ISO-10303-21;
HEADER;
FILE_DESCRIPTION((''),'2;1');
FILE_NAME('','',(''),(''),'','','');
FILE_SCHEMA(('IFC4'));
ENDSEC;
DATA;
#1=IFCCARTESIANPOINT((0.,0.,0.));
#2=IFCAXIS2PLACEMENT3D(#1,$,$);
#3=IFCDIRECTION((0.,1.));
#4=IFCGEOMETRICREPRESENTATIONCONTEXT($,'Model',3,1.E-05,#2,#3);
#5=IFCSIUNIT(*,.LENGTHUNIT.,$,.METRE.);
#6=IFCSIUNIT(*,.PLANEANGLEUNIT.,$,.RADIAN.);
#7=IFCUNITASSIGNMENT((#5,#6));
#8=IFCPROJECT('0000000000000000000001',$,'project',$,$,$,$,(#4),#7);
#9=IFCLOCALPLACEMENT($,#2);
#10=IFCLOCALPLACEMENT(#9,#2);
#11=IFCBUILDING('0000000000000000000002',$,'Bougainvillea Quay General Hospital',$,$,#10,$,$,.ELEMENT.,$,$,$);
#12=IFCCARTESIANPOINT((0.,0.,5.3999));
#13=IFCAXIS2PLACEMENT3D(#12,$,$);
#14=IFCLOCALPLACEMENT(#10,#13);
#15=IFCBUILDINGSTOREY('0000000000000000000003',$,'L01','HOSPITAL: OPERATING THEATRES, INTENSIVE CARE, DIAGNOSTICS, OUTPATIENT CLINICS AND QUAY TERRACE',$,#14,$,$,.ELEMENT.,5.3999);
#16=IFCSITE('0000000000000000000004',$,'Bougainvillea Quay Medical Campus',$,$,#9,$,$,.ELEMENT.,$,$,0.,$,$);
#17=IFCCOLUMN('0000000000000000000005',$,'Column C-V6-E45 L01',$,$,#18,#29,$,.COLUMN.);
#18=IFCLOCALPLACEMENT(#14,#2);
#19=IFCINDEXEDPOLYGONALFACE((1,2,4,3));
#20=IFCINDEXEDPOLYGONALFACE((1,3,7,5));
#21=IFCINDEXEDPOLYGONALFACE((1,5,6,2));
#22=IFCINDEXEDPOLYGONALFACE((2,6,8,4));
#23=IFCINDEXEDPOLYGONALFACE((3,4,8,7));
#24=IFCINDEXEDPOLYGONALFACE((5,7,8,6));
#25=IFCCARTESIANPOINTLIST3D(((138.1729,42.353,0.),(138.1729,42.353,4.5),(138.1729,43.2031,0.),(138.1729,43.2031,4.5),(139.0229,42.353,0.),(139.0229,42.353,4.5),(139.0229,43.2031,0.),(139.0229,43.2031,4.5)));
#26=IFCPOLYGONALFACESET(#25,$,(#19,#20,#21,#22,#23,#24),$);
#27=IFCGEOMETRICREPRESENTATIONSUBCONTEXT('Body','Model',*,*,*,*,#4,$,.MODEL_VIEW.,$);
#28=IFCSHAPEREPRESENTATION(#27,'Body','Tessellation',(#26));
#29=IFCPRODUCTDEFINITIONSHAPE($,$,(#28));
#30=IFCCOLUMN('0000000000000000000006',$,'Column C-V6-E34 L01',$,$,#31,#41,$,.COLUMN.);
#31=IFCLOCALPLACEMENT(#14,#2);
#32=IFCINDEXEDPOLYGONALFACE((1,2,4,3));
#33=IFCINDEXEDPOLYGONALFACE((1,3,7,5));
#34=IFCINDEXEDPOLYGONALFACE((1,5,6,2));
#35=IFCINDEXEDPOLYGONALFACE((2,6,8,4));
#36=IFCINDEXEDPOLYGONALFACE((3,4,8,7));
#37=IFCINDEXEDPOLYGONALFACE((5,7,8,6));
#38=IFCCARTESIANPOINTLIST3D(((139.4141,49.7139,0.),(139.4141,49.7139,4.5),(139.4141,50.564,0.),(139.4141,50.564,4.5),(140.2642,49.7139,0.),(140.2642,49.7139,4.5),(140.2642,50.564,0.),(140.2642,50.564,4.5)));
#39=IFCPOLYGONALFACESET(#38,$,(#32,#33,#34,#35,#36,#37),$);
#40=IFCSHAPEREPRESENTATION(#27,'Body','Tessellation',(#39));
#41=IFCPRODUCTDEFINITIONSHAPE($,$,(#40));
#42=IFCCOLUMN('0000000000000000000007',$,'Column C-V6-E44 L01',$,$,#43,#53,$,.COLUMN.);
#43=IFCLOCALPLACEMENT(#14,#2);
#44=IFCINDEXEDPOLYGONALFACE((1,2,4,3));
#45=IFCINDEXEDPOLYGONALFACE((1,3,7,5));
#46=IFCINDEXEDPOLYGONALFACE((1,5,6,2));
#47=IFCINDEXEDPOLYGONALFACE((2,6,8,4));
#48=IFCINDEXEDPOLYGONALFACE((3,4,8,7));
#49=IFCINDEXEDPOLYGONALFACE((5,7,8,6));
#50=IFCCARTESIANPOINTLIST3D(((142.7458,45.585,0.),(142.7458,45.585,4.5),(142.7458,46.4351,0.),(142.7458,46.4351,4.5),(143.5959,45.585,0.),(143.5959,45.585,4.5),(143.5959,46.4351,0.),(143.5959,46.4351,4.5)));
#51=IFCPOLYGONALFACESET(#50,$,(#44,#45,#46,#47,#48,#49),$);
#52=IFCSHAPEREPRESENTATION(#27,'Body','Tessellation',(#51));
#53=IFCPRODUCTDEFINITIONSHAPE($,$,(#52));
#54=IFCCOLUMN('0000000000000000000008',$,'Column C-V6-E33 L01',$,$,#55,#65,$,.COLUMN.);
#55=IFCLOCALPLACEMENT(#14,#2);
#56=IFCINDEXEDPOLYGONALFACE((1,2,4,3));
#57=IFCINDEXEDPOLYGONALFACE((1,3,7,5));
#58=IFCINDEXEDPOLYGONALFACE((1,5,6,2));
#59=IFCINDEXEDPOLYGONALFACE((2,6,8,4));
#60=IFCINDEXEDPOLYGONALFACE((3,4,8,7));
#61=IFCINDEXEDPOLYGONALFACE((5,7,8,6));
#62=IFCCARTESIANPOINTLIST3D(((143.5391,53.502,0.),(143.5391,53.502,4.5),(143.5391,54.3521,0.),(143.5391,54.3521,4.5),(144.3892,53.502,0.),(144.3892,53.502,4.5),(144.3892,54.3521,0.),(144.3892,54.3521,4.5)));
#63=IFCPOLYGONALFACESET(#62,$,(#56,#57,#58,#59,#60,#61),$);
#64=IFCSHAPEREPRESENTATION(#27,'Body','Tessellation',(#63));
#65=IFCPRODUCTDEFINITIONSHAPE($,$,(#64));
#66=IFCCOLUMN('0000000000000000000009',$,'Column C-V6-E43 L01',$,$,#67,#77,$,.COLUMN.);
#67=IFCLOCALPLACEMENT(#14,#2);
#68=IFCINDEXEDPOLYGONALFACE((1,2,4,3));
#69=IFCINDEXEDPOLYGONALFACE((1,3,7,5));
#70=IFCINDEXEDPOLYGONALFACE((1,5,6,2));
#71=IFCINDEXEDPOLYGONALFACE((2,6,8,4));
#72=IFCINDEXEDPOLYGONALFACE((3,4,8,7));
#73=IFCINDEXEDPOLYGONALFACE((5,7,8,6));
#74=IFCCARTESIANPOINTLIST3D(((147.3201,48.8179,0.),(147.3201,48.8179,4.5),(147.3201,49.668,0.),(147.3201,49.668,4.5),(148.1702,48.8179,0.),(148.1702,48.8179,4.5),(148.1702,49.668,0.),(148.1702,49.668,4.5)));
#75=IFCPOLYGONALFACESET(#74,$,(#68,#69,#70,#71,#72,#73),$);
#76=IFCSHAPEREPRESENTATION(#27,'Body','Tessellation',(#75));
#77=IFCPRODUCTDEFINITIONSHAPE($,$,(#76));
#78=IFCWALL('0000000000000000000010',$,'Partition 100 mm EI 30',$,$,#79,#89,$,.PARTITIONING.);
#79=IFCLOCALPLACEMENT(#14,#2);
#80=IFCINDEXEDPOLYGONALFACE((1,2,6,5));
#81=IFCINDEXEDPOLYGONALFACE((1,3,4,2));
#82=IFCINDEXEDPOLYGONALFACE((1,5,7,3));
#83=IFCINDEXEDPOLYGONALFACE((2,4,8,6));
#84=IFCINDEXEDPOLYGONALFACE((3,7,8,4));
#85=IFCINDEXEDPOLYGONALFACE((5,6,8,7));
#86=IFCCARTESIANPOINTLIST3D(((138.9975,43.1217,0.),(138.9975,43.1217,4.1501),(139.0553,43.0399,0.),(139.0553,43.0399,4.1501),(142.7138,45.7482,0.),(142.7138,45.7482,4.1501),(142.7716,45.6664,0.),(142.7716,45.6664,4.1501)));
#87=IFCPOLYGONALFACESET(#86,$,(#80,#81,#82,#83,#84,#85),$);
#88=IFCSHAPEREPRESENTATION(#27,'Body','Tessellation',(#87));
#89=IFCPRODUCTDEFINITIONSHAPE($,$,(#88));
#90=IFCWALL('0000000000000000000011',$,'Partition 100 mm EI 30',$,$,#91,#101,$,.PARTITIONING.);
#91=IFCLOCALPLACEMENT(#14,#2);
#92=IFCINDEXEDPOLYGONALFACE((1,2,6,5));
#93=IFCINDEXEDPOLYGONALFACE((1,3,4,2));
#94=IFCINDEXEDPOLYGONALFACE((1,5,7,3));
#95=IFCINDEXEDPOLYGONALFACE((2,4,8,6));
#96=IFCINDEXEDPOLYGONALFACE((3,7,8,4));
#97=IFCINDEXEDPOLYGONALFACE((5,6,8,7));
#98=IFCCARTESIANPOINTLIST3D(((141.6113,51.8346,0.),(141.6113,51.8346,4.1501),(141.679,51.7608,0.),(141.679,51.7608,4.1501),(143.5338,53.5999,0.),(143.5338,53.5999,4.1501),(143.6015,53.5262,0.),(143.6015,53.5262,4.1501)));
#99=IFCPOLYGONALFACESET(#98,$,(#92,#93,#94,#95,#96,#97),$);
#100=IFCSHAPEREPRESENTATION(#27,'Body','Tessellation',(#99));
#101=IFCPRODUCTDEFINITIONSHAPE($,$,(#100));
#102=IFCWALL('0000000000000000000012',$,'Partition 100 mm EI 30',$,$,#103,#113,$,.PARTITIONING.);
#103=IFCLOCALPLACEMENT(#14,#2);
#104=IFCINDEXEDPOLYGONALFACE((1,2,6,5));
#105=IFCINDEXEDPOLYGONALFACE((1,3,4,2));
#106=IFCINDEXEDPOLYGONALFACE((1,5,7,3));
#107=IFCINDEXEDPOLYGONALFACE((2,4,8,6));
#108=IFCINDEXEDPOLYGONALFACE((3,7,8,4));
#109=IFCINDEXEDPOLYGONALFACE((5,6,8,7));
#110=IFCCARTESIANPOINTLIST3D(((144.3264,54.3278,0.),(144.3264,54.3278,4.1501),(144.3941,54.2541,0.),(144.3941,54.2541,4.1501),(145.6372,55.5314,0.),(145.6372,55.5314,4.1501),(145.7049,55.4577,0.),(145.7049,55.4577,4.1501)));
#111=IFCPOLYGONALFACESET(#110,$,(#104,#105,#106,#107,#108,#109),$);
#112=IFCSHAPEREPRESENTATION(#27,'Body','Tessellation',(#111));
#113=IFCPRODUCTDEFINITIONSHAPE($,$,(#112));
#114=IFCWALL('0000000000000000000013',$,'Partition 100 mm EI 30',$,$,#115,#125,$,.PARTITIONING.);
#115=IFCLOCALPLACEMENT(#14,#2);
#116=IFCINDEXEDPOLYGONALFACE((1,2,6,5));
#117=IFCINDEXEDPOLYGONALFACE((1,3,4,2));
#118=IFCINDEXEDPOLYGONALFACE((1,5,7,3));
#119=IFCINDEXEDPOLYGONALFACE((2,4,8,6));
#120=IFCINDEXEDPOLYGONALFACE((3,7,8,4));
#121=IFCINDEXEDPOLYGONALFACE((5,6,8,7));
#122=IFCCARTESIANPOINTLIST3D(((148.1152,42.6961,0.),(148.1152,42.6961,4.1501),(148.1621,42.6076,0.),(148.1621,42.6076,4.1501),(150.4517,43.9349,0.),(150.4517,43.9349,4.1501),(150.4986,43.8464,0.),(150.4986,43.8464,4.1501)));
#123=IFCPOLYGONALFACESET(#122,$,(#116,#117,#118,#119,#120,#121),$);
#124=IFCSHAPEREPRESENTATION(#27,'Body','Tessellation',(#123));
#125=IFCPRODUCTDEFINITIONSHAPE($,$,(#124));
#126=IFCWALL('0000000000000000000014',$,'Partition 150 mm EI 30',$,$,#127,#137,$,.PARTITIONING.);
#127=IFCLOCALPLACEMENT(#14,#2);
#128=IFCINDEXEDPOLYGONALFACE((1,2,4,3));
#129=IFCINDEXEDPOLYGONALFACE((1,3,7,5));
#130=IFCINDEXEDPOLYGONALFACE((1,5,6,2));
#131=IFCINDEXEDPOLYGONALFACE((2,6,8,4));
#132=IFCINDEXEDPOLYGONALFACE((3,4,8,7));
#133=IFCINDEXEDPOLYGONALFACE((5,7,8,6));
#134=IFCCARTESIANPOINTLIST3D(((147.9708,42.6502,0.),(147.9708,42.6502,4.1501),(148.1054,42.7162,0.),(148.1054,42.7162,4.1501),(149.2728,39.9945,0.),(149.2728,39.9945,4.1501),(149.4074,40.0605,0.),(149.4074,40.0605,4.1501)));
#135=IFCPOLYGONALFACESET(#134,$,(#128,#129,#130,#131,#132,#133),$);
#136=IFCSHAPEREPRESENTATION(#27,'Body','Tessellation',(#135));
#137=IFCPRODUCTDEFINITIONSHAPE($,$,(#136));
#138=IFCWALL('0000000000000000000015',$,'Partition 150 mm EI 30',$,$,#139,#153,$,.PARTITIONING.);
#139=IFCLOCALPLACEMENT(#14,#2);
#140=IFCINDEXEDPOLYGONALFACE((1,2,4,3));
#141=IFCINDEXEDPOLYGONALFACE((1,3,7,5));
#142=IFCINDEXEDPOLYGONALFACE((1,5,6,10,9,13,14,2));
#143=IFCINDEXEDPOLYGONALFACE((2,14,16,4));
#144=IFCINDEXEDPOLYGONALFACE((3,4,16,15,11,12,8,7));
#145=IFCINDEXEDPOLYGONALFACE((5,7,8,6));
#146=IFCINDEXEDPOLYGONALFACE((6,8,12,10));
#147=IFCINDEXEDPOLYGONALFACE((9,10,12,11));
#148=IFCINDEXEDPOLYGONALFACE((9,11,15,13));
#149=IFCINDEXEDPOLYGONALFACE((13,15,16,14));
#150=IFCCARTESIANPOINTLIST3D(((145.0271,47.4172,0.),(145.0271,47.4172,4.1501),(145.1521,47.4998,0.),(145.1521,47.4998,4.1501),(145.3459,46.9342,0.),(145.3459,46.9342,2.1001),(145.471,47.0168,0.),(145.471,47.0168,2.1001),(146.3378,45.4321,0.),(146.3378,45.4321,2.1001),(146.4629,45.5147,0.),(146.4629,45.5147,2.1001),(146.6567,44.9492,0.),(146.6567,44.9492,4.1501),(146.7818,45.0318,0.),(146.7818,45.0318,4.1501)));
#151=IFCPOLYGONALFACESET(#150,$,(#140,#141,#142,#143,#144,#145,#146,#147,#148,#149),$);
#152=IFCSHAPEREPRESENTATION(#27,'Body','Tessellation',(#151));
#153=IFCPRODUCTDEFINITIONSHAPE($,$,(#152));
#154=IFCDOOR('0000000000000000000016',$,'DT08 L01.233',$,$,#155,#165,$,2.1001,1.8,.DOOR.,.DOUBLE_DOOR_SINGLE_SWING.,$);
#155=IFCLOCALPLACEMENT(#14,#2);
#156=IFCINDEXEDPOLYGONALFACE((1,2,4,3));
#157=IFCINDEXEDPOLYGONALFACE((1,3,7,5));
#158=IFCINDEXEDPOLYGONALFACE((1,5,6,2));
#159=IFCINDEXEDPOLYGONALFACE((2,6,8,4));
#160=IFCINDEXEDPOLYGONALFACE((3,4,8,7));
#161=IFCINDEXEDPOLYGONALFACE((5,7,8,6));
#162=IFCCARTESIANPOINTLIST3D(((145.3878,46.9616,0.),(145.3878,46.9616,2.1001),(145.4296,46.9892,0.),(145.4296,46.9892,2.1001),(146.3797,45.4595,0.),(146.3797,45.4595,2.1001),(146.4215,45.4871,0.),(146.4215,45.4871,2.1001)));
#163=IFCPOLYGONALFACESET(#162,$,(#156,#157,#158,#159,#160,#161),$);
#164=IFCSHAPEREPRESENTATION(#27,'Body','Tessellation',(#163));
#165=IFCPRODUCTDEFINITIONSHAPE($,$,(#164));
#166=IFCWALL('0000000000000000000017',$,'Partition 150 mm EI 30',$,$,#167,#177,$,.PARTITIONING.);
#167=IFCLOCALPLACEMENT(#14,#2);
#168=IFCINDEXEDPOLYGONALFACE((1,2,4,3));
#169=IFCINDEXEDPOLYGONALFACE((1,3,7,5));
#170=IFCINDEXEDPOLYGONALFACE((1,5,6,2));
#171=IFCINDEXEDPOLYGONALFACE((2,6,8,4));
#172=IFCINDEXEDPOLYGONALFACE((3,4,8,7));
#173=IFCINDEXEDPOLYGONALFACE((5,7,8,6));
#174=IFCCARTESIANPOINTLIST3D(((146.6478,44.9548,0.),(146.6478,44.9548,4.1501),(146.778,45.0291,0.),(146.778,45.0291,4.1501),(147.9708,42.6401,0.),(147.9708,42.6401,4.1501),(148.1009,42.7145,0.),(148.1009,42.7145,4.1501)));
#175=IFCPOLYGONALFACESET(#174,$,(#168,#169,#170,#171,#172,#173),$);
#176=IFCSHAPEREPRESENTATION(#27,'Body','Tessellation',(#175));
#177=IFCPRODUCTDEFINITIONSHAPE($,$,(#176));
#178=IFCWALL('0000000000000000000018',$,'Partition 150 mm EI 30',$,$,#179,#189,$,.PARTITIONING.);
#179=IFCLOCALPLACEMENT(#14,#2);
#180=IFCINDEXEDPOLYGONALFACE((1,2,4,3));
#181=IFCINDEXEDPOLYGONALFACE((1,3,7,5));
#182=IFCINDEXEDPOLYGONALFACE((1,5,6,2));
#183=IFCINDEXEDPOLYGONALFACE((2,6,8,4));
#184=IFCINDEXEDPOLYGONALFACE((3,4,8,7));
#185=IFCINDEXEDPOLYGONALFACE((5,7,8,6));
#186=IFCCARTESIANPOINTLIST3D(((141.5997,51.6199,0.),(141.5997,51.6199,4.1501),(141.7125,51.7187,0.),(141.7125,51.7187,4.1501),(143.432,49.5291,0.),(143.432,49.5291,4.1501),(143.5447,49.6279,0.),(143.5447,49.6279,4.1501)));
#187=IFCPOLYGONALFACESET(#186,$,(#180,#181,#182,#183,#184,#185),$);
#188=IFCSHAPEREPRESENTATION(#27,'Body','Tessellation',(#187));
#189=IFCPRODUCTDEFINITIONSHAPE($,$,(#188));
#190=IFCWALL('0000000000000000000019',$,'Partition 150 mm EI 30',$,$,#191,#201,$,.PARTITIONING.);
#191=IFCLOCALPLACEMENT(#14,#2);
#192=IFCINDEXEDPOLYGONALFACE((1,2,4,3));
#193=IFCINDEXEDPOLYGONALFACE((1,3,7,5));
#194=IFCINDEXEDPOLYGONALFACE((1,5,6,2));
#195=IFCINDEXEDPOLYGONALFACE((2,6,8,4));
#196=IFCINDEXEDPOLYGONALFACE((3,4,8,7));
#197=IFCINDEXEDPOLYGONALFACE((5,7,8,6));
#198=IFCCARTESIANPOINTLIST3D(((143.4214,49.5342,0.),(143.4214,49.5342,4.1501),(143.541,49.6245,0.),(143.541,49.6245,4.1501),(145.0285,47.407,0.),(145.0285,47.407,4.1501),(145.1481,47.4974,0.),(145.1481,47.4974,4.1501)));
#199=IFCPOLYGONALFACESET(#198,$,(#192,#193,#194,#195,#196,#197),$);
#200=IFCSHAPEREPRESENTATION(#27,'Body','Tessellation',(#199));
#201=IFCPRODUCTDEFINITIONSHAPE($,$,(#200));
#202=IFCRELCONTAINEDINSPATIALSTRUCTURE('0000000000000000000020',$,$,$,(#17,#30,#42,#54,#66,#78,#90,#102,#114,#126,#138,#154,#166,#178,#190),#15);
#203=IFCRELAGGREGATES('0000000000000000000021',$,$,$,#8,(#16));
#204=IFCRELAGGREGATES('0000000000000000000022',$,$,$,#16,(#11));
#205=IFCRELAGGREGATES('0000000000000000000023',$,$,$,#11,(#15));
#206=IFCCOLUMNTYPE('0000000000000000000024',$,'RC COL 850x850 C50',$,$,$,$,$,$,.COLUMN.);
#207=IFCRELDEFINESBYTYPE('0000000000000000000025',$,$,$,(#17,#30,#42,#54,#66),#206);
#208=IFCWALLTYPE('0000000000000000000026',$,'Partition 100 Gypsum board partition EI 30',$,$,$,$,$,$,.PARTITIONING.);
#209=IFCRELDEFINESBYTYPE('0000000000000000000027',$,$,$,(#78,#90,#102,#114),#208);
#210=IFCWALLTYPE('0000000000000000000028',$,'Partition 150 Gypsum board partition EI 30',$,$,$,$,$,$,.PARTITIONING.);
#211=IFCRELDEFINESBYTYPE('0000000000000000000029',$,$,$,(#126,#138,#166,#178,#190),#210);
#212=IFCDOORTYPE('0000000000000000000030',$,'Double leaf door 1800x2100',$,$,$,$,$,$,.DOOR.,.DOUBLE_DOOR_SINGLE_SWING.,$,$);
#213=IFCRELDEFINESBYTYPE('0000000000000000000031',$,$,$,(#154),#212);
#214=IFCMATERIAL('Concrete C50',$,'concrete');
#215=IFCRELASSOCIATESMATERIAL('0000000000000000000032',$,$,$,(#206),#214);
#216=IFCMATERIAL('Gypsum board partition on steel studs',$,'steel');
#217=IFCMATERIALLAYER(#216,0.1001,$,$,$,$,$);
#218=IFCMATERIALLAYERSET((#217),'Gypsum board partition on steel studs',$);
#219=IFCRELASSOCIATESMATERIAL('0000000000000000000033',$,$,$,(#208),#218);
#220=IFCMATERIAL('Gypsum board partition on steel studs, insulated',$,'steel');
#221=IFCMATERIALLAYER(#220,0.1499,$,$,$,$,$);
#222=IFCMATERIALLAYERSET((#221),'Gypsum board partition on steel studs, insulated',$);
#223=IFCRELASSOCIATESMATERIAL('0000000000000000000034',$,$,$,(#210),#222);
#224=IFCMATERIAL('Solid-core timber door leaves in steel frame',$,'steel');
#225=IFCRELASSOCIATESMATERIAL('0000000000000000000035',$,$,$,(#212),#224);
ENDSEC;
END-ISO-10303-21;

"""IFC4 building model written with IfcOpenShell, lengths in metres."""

from ifc_helpers import new_model, si_unit, direction, frame, frame_2d, origin, origin_2d, place, context, subcontext, project, spatial, rectangle, extrude, material, layer, layer_set, material_profile, profile_set, type_object, element, fill, save


model = new_model("IFC4")

# Units and contexts
model_context = context("Model", 3, precision=1e-05, world=origin(), true_north=direction((0.0, 1.0)))
body_context = subcontext(model_context, "Body", "Model", "MODEL_VIEW")
ifc_project = project(units=[si_unit("LENGTHUNIT", "METRE"), si_unit("PLANEANGLEUNIT", "RADIAN")], contexts=[model_context])

# Site, building, storey
site_placement = place(None, origin())
site = spatial("IfcSite", under=ifc_project, at=site_placement, Name="Bougainvillea Quay Medical Campus", CompositionType="ELEMENT", RefElevation=0.0)
building_placement = place(site_placement, origin())
building = spatial("IfcBuilding", under=site, at=building_placement, Name="Bougainvillea Quay General Hospital", CompositionType="ELEMENT")
storey_placement = place(building_placement, frame((0.0, 0.0, 5.3999)))
storey = spatial("IfcBuildingStorey", under=building, at=storey_placement, Name="L01", Description="HOSPITAL: OPERATING THEATRES, INTENSIVE CARE, DIAGNOSTICS, OUTPATIENT CLINICS AND QUAY TERRACE", CompositionType="ELEMENT", Elevation=5.3999)

# Columns
ifc_material_1 = material(Name="Concrete C50", Category="concrete")
ifc_material_profile = material_profile(ifc_material_1, rectangle(XDim=0.8501, YDim=0.8501, at=origin_2d()))
ifc_profile_set = profile_set([ifc_material_profile], Name="Concrete C50")
column_type = type_object("IfcColumnType", Name="RC COL 850x850 C50", PredefinedType="COLUMN", material=ifc_profile_set)
for number, where, z_axis, x_axis, name in (
    (1, (138.5979, 42.7781, 0.0), (0.0, 0.0, 1.0), (1.0, 0.0, 0.0), "Column C-V6-E45 L01"),
    (2, (139.8391, 50.1389, 0.0), (0.0, 0.0, 1.0), (1.0, 0.0, 0.0), "Column C-V6-E34 L01"),
    (3, (143.1709, 46.01, 0.0), (0.0, 0.0, 1.0), (1.0, 0.0, 0.0), "Column C-V6-E44 L01"),
    (4, (143.9641, 53.927, 0.0), (0.0, 0.0, 1.0), (1.0, 0.0, 0.0), "Column C-V6-E33 L01"),
    (5, (147.7451, 49.2429, 0.0), (0.0, 0.0, 1.0), (1.0, 0.0, 0.0), "Column C-V6-E43 L01"),
):
    element("IfcColumn", number, at=place(storey_placement, frame(where, z_axis=z_axis, x_axis=x_axis)), inside=storey, type_object=column_type, Name=name, PredefinedType="COLUMN", context=body_context, shape_type="SweptSolid", body=[
        extrude(rectangle(XDim=0.8501, YDim=0.8501, at=origin_2d()), origin(), (0.0, 0.0, 1.0), 4.5),
    ])

# Walls
ifc_material_2 = material(Name="Gypsum board partition on steel studs", Category="steel")
ifc_layer_1 = layer(ifc_material_2, 0.1001)
ifc_layer_set_1 = layer_set([ifc_layer_1], Name="Gypsum board partition on steel studs")
wall_type_1 = type_object("IfcWallType", Name="Partition 100 Gypsum board partition EI 30", PredefinedType="PARTITIONING", material=ifc_layer_set_1)
wall_1_placement = place(storey_placement, frame((139.0264, 43.0808, 0.0), z_axis=(0.0, 0.0, 1.0), x_axis=(0.816638, 0.577151, 0.0)))
element("IfcWall", 6, at=wall_1_placement, inside=storey, type_object=wall_type_1, Name="Partition 100 mm EI 30", PredefinedType="PARTITIONING", context=body_context, shape_type="SweptSolid", body=[
    extrude(rectangle(XDim=4.5508, YDim=0.1001, at=frame_2d((2.2754, 0.0))), origin(), (0.0, 0.0, 1.0), 4.1501),
])
wall_2_placement = place(storey_placement, frame((141.645, 51.7976, 0.0), z_axis=(0.0, 0.0, 1.0), x_axis=(0.736583, 0.676347, 0.0)))
element("IfcWall", 7, at=wall_2_placement, inside=storey, type_object=wall_type_1, Name="Partition 100 mm EI 30", PredefinedType="PARTITIONING", context=body_context, shape_type="SweptSolid", body=[
    extrude(rectangle(XDim=2.6101, YDim=0.1001, at=frame_2d((1.3052, 0.0))), origin(), (0.0, 0.0, 1.0), 4.1501),
])
wall_3_placement = place(storey_placement, frame((144.3604, 54.291, 0.0), z_axis=(0.0, 0.0, 1.0), x_axis=(0.736579, 0.676352, 0.0)))
element("IfcWall", 8, at=wall_3_placement, inside=storey, type_object=wall_type_1, Name="Partition 100 mm EI 30", PredefinedType="PARTITIONING", context=body_context, shape_type="SweptSolid", body=[
    extrude(rectangle(XDim=1.7795, YDim=0.1001, at=frame_2d((0.8896, 0.0))), origin(), (0.0, 0.0, 1.0), 4.1501),
])
wall_4_placement = place(storey_placement, frame((148.1387, 42.6519, 0.0), z_axis=(0.0, 0.0, 1.0), x_axis=(0.8835, 0.468431, 0.0)))
element("IfcWall", 9, at=wall_4_placement, inside=storey, type_object=wall_type_1, Name="Partition 100 mm EI 30", PredefinedType="PARTITIONING", context=body_context, shape_type="SweptSolid", body=[
    extrude(rectangle(XDim=2.6445, YDim=0.1001, at=frame_2d((1.3223, 0.0))), origin(), (0.0, 0.0, 1.0), 4.1501),
])
ifc_material_3 = material(Name="Gypsum board partition on steel studs, insulated", Category="steel")
ifc_layer_2 = layer(ifc_material_3, 0.1499)
ifc_layer_set_2 = layer_set([ifc_layer_2], Name="Gypsum board partition on steel studs, insulated")
wall_type_2 = type_object("IfcWallType", Name="Partition 150 Gypsum board partition EI 30", PredefinedType="PARTITIONING", material=ifc_layer_set_2)
wall_5_placement = place(storey_placement, frame((148.0381, 42.6833, 0.0), z_axis=(0.0, 0.0, 1.0), x_axis=(0.4402, -0.8979, 0.0)))
element("IfcWall", 10, at=wall_5_placement, inside=storey, type_object=wall_type_2, Name="Partition 150 mm EI 30", PredefinedType="PARTITIONING", context=body_context, shape_type="SweptSolid", body=[
    extrude(rectangle(XDim=2.9578, YDim=0.1499, at=frame_2d((1.479, 0.0))), origin(), (0.0, 0.0, 1.0), 4.1501),
])

# Wall, opening, door
wall_6_placement = place(storey_placement, frame((145.0896, 47.4585, 0.0), z_axis=(0.0, 0.0, 1.0), x_axis=(0.551018, -0.834493, 0.0)))
wall_6 = element("IfcWall", 11, at=wall_6_placement, inside=storey, type_object=wall_type_2, Name="Partition 150 mm EI 30", PredefinedType="PARTITIONING", context=body_context, shape_type="SweptSolid", body=[
    extrude(rectangle(XDim=2.9575, YDim=0.1499, at=frame_2d((1.4788, 0.0))), origin(), (0.0, 0.0, 1.0), 4.1501),
])
opening_1_placement = place(wall_6_placement, frame((0.5789, 0.0, 0.0)))
opening_1 = element("IfcOpeningElement", 12, at=opening_1_placement, cuts=wall_6, PredefinedType="OPENING", context=body_context, shape_type="SweptSolid", body=[
    extrude(rectangle(XDim=1.8, YDim=2.1001, at=frame_2d((0.8999, 1.05))), frame((0.0, 0.085, 0.0), z_axis=(0.0, -1.0, 0.0), x_axis=(1.0, 0.0, 0.0)), (0.0, 0.0, 1.0), 0.1699),
])
ifc_material_4 = material(Name="Solid-core timber door leaves in steel frame", Category="steel")
door_type_1 = type_object("IfcDoorType", Name="Double leaf door 1800x2100", OperationType="DOUBLE_DOOR_SINGLE_SWING", PredefinedType="DOOR", material=ifc_material_4)
door_1_placement = place(opening_1_placement, frame((1.8, 0.0, 0.0), z_axis=(0.0, 0.0, 1.0), x_axis=(-1.0, 0.0, 0.0)))
door_1 = element("IfcDoor", 13, at=door_1_placement, inside=storey, type_object=door_type_1, Name="DT08 L01.233", OperationType="DOUBLE_DOOR_SINGLE_SWING", OverallHeight=2.1001, OverallWidth=1.8, PredefinedType="DOOR", context=body_context, shape_type="SweptSolid", body=[
    extrude(rectangle(XDim=1.8, YDim=2.1001, at=frame_2d((0.8999, 1.05))), frame((0.0, 0.0249, 0.0), z_axis=(0.0, -1.0, 0.0), x_axis=(1.0, 0.0, 0.0)), (0.0, 0.0, 1.0), 0.05),
])
fill(opening_1, door_1)

# Walls
wall_7_placement = place(storey_placement, frame((146.7129, 44.9919, 0.0), z_axis=(0.0, 0.0, 1.0), x_axis=(0.496228, -0.868192, 0.0)))
element("IfcWall", 14, at=wall_7_placement, inside=storey, type_object=wall_type_2, Name="Partition 150 mm EI 30", PredefinedType="PARTITIONING", context=body_context, shape_type="SweptSolid", body=[
    extrude(rectangle(XDim=2.666, YDim=0.1499, at=frame_2d((1.333, 0.0))), origin(), (0.0, 0.0, 1.0), 4.1501),
])
wall_8_placement = place(storey_placement, frame((141.656, 51.6694, 0.0), z_axis=(0.0, 0.0, 1.0), x_axis=(0.659076, -0.752076, 0.0)))
element("IfcWall", 15, at=wall_8_placement, inside=storey, type_object=wall_type_2, Name="Partition 150 mm EI 30", PredefinedType="PARTITIONING", context=body_context, shape_type="SweptSolid", body=[
    extrude(rectangle(XDim=2.78, YDim=0.1499, at=frame_2d((1.3901, 0.0))), origin(), (0.0, 0.0, 1.0), 4.1501),
])
wall_9_placement = place(storey_placement, frame((143.4812, 49.5793, 0.0), z_axis=(0.0, 0.0, 1.0), x_axis=(0.602824, -0.797874, 0.0)))
element("IfcWall", 16, at=wall_9_placement, inside=storey, type_object=wall_type_2, Name="Partition 150 mm EI 30", PredefinedType="PARTITIONING", context=body_context, shape_type="SweptSolid", body=[
    extrude(rectangle(XDim=2.666, YDim=0.1499, at=frame_2d((1.333, 0.0))), origin(), (0.0, 0.0, 1.0), 4.1501),
])

save(model, "model.ifc")
